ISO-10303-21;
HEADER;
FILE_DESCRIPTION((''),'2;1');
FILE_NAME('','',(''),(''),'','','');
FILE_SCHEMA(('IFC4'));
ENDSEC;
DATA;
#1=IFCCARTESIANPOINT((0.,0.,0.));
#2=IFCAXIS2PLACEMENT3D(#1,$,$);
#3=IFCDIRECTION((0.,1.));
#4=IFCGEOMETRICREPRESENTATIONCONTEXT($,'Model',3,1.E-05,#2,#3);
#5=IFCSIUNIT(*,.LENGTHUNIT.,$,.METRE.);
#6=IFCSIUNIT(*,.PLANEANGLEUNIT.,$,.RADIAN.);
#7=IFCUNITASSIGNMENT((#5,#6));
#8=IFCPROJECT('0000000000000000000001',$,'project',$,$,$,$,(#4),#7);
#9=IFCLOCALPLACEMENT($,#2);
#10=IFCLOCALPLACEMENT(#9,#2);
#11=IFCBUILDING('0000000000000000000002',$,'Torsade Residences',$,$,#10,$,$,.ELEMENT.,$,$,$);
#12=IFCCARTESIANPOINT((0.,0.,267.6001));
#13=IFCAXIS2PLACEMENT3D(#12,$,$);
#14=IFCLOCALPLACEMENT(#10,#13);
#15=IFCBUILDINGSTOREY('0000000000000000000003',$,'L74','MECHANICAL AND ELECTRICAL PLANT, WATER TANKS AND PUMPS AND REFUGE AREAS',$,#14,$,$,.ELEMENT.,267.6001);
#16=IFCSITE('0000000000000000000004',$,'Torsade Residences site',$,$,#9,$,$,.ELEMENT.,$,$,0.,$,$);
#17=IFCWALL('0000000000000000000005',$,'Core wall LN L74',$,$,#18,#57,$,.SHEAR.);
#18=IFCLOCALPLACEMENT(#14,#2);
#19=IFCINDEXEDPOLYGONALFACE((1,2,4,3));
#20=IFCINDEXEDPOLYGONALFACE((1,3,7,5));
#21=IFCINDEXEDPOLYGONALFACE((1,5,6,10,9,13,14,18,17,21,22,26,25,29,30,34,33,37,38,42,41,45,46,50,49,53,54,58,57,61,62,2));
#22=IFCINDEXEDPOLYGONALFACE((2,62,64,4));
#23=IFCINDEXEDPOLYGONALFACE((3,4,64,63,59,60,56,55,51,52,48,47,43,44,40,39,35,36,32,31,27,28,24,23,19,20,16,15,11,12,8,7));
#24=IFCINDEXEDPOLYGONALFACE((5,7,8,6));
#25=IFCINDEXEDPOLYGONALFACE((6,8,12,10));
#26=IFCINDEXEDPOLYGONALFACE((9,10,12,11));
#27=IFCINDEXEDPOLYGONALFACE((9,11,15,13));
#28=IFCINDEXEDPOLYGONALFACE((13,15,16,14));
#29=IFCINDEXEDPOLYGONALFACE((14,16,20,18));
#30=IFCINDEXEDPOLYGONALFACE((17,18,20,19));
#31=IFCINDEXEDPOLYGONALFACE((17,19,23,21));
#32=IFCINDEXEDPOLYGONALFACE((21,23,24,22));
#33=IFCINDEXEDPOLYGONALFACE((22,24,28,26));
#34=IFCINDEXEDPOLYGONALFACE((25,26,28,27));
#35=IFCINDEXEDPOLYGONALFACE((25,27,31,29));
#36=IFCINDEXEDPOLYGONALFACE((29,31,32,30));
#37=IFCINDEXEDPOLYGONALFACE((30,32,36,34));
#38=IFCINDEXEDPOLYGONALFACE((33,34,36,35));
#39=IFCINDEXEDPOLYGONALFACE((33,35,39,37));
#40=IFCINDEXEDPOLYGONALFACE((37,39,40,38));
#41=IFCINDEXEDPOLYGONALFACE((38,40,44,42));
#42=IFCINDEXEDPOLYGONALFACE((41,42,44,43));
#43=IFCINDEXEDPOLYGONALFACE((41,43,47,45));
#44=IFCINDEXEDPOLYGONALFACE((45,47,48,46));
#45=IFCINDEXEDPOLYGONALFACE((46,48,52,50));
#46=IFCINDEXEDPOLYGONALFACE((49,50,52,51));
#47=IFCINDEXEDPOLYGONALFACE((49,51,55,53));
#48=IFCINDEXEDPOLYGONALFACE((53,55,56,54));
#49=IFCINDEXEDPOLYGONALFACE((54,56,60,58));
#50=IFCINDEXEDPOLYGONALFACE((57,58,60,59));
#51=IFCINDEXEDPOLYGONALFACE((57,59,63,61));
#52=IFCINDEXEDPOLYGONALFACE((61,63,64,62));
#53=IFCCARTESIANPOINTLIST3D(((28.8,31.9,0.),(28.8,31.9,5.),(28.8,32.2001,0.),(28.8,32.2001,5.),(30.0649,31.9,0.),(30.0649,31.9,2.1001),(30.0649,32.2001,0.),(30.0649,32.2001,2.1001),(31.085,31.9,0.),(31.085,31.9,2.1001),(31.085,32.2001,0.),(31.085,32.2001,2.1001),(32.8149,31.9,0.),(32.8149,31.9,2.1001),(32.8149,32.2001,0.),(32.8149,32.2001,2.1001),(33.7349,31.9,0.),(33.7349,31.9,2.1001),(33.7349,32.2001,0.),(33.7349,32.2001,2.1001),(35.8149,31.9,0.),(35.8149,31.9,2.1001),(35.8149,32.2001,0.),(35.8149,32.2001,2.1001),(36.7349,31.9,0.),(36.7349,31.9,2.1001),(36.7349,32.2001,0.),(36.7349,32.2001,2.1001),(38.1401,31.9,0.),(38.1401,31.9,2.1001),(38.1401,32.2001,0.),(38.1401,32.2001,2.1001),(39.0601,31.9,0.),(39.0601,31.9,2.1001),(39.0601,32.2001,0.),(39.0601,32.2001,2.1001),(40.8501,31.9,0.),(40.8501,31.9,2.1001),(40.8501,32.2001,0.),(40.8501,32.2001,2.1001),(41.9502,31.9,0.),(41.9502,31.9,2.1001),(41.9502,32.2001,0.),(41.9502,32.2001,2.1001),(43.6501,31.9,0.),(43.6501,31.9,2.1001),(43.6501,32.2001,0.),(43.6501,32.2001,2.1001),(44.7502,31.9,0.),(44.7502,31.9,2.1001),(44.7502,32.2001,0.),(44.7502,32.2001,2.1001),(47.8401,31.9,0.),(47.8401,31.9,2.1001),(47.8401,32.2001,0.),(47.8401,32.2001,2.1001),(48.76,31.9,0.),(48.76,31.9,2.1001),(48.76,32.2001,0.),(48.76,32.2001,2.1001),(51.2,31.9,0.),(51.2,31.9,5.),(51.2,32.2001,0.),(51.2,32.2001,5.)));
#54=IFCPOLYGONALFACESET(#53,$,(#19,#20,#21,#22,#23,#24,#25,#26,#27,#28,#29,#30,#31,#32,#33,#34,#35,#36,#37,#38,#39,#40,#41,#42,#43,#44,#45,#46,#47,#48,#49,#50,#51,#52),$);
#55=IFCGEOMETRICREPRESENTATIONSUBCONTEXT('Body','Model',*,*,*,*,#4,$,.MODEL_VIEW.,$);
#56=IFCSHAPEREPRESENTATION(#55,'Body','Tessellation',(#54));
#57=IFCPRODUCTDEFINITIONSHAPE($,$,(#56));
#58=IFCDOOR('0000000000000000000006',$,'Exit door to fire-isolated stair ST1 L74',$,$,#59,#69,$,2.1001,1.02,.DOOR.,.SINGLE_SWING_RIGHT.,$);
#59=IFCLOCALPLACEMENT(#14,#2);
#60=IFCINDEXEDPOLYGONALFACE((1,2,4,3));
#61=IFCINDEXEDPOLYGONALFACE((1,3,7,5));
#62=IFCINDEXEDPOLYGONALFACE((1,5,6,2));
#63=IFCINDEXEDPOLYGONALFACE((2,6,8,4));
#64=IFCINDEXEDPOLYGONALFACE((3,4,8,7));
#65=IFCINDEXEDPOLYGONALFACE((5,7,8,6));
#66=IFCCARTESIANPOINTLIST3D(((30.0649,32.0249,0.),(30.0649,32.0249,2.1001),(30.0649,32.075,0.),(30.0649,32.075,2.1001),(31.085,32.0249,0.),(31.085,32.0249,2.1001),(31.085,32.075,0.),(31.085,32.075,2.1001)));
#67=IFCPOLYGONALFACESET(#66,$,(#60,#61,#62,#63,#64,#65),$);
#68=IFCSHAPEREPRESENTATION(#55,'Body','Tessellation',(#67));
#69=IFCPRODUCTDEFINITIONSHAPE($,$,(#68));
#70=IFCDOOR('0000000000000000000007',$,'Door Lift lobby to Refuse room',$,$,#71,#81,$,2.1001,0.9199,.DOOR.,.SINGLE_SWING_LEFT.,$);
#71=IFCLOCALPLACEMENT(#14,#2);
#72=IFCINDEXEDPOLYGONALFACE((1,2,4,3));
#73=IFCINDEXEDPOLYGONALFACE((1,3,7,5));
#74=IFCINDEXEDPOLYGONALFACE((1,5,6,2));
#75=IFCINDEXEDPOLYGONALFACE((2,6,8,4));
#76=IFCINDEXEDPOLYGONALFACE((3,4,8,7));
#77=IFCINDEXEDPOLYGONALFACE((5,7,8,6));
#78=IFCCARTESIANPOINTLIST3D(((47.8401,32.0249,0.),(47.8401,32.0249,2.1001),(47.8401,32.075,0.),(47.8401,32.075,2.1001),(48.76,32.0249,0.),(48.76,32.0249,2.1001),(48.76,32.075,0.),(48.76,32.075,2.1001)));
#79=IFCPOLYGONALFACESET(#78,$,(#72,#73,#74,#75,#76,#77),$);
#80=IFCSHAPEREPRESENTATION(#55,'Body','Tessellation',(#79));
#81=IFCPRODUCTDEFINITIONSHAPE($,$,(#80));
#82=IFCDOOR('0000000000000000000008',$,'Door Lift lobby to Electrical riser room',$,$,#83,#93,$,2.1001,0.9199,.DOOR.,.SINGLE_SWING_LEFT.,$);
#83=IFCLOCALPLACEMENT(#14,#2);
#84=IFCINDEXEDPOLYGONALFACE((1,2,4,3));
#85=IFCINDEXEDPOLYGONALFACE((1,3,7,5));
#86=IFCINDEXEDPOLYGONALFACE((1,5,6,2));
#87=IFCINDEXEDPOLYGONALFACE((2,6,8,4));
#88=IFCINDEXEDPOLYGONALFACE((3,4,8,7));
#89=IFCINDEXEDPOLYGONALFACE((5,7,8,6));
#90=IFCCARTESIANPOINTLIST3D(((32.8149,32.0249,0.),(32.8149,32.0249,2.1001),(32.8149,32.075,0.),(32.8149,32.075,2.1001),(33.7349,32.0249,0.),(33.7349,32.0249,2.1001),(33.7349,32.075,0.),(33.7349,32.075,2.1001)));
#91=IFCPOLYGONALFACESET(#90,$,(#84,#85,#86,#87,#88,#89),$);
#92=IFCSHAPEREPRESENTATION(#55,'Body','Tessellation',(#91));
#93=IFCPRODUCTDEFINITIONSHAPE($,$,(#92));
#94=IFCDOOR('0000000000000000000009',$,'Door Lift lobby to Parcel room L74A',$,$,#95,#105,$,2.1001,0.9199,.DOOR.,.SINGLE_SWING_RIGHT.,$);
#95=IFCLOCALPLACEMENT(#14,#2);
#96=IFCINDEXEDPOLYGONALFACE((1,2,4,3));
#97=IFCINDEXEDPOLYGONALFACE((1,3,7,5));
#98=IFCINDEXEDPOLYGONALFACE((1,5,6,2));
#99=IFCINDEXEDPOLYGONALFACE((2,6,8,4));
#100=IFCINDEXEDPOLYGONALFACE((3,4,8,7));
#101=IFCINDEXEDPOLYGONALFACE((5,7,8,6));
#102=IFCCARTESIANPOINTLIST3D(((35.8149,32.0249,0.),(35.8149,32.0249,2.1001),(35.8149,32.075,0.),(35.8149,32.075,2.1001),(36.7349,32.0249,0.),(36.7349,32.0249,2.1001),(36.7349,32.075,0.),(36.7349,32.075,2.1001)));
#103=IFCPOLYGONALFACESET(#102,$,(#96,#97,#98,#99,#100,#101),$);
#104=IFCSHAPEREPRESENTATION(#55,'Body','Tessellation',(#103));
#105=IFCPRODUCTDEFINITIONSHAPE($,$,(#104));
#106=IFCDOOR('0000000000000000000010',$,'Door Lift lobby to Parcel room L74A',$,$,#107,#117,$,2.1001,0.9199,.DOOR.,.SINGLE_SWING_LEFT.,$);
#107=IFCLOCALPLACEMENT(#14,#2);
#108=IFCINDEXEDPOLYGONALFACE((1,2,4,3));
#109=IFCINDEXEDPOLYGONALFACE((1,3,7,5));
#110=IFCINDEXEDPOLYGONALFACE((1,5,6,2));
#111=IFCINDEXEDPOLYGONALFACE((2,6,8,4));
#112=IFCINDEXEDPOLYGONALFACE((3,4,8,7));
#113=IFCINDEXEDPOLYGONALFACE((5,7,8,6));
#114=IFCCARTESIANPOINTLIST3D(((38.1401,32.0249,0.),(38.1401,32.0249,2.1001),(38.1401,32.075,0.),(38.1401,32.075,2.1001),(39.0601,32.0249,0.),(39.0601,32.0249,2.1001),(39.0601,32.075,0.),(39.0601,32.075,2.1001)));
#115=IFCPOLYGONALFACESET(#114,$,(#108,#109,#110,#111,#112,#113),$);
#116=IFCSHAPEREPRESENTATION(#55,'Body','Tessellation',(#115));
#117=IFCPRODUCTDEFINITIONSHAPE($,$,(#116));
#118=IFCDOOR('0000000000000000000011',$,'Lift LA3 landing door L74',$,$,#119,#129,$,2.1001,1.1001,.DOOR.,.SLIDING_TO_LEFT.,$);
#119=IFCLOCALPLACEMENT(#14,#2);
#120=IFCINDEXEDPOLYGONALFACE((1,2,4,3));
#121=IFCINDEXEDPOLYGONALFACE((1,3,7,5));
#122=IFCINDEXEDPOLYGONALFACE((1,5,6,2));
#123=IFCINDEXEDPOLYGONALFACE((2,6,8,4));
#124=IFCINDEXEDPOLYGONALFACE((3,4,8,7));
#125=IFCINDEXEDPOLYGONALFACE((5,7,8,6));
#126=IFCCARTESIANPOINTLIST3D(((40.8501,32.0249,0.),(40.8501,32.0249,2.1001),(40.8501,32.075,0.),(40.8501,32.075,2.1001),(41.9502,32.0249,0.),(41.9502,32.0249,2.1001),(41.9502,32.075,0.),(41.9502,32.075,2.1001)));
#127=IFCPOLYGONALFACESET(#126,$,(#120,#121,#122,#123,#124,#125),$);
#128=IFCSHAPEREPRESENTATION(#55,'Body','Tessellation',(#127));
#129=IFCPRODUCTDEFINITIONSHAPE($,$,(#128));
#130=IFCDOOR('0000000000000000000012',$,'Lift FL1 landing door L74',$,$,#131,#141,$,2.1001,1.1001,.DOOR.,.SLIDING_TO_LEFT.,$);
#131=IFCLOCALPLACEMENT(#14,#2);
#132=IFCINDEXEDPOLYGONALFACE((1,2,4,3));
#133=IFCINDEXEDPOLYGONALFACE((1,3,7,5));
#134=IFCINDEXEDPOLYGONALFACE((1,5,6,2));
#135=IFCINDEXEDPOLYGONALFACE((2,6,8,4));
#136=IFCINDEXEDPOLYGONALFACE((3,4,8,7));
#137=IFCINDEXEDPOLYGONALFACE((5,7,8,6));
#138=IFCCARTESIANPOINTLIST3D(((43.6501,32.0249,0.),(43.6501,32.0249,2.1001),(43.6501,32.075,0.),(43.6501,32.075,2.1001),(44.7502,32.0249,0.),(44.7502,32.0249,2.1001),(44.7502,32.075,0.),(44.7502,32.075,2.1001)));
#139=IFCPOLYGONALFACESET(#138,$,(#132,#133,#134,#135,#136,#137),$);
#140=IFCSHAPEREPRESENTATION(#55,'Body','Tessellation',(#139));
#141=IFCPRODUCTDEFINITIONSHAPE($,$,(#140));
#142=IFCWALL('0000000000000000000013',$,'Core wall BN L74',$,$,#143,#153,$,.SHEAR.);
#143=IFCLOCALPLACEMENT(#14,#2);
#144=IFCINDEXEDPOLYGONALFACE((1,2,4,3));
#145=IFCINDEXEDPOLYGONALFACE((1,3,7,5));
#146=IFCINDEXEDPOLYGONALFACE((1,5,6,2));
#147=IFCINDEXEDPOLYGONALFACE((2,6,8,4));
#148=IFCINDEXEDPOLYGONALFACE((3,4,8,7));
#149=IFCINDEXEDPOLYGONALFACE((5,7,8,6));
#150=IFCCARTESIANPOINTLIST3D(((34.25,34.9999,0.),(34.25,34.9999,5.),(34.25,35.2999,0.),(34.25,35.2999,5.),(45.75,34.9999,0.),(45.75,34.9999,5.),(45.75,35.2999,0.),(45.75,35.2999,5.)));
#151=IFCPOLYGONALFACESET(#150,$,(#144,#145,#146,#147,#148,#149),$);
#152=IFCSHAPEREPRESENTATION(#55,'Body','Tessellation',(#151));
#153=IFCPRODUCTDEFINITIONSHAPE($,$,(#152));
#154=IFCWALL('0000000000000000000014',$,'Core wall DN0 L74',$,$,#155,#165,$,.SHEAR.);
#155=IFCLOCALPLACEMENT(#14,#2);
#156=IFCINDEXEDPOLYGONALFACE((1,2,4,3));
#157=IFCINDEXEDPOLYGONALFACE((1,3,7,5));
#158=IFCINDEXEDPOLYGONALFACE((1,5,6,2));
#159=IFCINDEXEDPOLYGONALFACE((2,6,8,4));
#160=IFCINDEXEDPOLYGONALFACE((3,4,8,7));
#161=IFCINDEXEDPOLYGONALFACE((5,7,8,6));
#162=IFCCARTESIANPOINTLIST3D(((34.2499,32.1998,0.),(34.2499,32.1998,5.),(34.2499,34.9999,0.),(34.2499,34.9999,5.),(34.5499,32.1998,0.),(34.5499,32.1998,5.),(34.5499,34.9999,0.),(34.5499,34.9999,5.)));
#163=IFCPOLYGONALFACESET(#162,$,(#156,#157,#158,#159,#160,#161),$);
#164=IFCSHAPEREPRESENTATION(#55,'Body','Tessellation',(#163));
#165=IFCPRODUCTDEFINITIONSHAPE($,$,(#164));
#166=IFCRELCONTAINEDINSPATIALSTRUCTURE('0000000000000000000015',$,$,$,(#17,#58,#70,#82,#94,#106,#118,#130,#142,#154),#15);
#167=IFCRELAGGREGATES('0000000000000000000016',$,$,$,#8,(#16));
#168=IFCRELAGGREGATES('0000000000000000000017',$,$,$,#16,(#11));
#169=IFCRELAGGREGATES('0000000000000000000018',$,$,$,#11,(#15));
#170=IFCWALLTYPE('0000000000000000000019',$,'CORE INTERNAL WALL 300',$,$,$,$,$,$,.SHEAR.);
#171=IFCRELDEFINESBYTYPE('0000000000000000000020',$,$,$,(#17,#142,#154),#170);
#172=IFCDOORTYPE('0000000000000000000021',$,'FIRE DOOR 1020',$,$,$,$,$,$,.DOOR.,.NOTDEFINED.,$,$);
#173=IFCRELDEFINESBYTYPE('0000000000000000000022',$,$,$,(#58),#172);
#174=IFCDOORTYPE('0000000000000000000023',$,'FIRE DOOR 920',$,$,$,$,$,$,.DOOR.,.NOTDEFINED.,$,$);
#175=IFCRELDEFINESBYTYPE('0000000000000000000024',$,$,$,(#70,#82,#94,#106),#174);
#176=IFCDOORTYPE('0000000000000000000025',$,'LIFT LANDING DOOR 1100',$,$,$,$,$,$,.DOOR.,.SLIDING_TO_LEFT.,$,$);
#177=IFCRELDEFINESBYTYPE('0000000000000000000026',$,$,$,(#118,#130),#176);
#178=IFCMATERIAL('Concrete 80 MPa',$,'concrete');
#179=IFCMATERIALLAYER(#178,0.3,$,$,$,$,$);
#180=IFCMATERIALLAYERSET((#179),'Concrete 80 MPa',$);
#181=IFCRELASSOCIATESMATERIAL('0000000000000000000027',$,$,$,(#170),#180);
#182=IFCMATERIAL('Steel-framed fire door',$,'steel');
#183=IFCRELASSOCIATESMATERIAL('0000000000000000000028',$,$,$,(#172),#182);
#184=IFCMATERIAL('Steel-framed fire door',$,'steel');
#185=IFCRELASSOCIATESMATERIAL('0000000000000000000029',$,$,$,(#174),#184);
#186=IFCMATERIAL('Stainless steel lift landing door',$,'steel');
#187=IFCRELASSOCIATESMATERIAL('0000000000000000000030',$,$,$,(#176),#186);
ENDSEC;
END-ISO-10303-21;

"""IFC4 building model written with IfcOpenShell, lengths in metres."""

from ifc_helpers import new_model, si_unit, direction, frame, frame_2d, origin, place, context, subcontext, project, spatial, rectangle, extrude, material, layer, layer_set, type_object, element, fill, save


model = new_model("IFC4")

# Units and contexts
model_context = context("Model", 3, precision=1e-05, world=origin(), true_north=direction((0.0, 1.0)))
body_context = subcontext(model_context, "Body", "Model", "MODEL_VIEW")
ifc_project = project(units=[si_unit("LENGTHUNIT", "METRE"), si_unit("PLANEANGLEUNIT", "RADIAN")], contexts=[model_context])

# Site, building, storey
site_placement = place(None, origin())
site = spatial("IfcSite", under=ifc_project, at=site_placement, Name="Torsade Residences site", CompositionType="ELEMENT", RefElevation=0.0)
building_placement = place(site_placement, origin())
building = spatial("IfcBuilding", under=site, at=building_placement, Name="Torsade Residences", CompositionType="ELEMENT")
storey_placement = place(building_placement, frame((0.0, 0.0, 267.6001)))
storey = spatial("IfcBuildingStorey", under=building, at=storey_placement, Name="L74", Description="MECHANICAL AND ELECTRICAL PLANT, WATER TANKS AND PUMPS AND REFUGE AREAS", CompositionType="ELEMENT", Elevation=267.6001)

# Wall, openings, doors
ifc_material_1 = material(Name="Concrete 80 MPa", Category="concrete")
ifc_layer_1 = layer(ifc_material_1, 0.3)
ifc_layer_set_1 = layer_set([ifc_layer_1], Name="Concrete 80 MPa")
wall_type_1 = type_object("IfcWallType", Name="CORE INTERNAL WALL 300", PredefinedType="SHEAR", material=ifc_layer_set_1)
wall_1_placement = place(storey_placement, frame((28.8, 32.05, 0.0), z_axis=(0.0, 0.0, 1.0), x_axis=(1.0, 0.0, 0.0)))
wall_1 = element("IfcWall", 1, at=wall_1_placement, inside=storey, type_object=wall_type_1, Name="Core wall LN L74", PredefinedType="SHEAR", context=body_context, shape_type="SweptSolid", body=[
    extrude(rectangle(XDim=22.3999, YDim=0.3, at=frame_2d((11.2, 0.0))), origin(), (0.0, 0.0, 1.0), 5.0),
])
opening_1_placement = place(wall_1_placement, frame((19.04, 0.0, 0.0)))
opening_1 = element("IfcOpeningElement", 2, at=opening_1_placement, cuts=wall_1, PredefinedType="OPENING", context=body_context, shape_type="SweptSolid", body=[
    extrude(rectangle(XDim=0.9199, YDim=2.1001, at=frame_2d((0.46, 1.05))), frame((0.0, 0.1599, 0.0), z_axis=(0.0, -1.0, 0.0), x_axis=(1.0, 0.0, 0.0)), (0.0, 0.0, 1.0), 0.3201),
])
opening_2_placement = place(wall_1_placement, frame((1.2649, 0.0, 0.0)))
opening_2 = element("IfcOpeningElement", 3, at=opening_2_placement, cuts=wall_1, PredefinedType="OPENING", context=body_context, shape_type="SweptSolid", body=[
    extrude(rectangle(XDim=1.02, YDim=2.1001, at=frame_2d((0.51, 1.05))), frame((0.0, 0.1599, 0.0), z_axis=(0.0, -1.0, 0.0), x_axis=(1.0, 0.0, 0.0)), (0.0, 0.0, 1.0), 0.3201),
])
opening_3_placement = place(wall_1_placement, frame((4.0149, 0.0, 0.0)))
opening_3 = element("IfcOpeningElement", 4, at=opening_3_placement, cuts=wall_1, PredefinedType="OPENING", context=body_context, shape_type="SweptSolid", body=[
    extrude(rectangle(XDim=0.9199, YDim=2.1001, at=frame_2d((0.46, 1.05))), frame((0.0, 0.1599, 0.0), z_axis=(0.0, -1.0, 0.0), x_axis=(1.0, 0.0, 0.0)), (0.0, 0.0, 1.0), 0.3201),
])
opening_4_placement = place(wall_1_placement, frame((7.0149, 0.0, 0.0)))
opening_4 = element("IfcOpeningElement", 5, at=opening_4_placement, cuts=wall_1, PredefinedType="OPENING", context=body_context, shape_type="SweptSolid", body=[
    extrude(rectangle(XDim=0.9199, YDim=2.1001, at=frame_2d((0.46, 1.05))), frame((0.0, 0.1599, 0.0), z_axis=(0.0, -1.0, 0.0), x_axis=(1.0, 0.0, 0.0)), (0.0, 0.0, 1.0), 0.3201),
])
opening_5_placement = place(wall_1_placement, frame((9.3401, 0.0, 0.0)))
opening_5 = element("IfcOpeningElement", 6, at=opening_5_placement, cuts=wall_1, PredefinedType="OPENING", context=body_context, shape_type="SweptSolid", body=[
    extrude(rectangle(XDim=0.9199, YDim=2.1001, at=frame_2d((0.46, 1.05))), frame((0.0, 0.1599, 0.0), z_axis=(0.0, -1.0, 0.0), x_axis=(1.0, 0.0, 0.0)), (0.0, 0.0, 1.0), 0.3201),
])
opening_6_placement = place(wall_1_placement, frame((12.05, 0.0, 0.0)))
opening_6 = element("IfcOpeningElement", 7, at=opening_6_placement, cuts=wall_1, PredefinedType="OPENING", context=body_context, shape_type="SweptSolid", body=[
    extrude(rectangle(XDim=1.1001, YDim=2.1001, at=frame_2d((0.55, 1.05))), frame((0.0, 0.1599, 0.0), z_axis=(0.0, -1.0, 0.0), x_axis=(1.0, 0.0, 0.0)), (0.0, 0.0, 1.0), 0.3201),
])
opening_7_placement = place(wall_1_placement, frame((14.8501, 0.0, 0.0)))
opening_7 = element("IfcOpeningElement", 8, at=opening_7_placement, cuts=wall_1, PredefinedType="OPENING", context=body_context, shape_type="SweptSolid", body=[
    extrude(rectangle(XDim=1.1001, YDim=2.1001, at=frame_2d((0.55, 1.05))), frame((0.0, 0.1599, 0.0), z_axis=(0.0, -1.0, 0.0), x_axis=(1.0, 0.0, 0.0)), (0.0, 0.0, 1.0), 0.3201),
])
ifc_material_2 = material(Name="Steel-framed fire door", Category="steel")
door_type_1 = type_object("IfcDoorType", Name="FIRE DOOR 1020", OperationType="NOTDEFINED", PredefinedType="DOOR", material=ifc_material_2)
door_1_placement = place(opening_2_placement, origin())
door_1 = element("IfcDoor", 9, at=door_1_placement, inside=storey, type_object=door_type_1, Name="Exit door to fire-isolated stair ST1 L74", OperationType="SINGLE_SWING_RIGHT", OverallHeight=2.1001, OverallWidth=1.02, PredefinedType="DOOR", context=body_context, shape_type="SweptSolid", body=[
    extrude(rectangle(XDim=1.02, YDim=2.1001, at=frame_2d((0.51, 1.05))), frame((0.0, 0.0249, 0.0), z_axis=(0.0, -1.0, 0.0), x_axis=(1.0, 0.0, 0.0)), (0.0, 0.0, 1.0), 0.05),
])
fill(opening_2, door_1)
ifc_material_3 = material(Name="Steel-framed fire door", Category="steel")
door_type_2 = type_object("IfcDoorType", Name="FIRE DOOR 920", OperationType="NOTDEFINED", PredefinedType="DOOR", material=ifc_material_3)
door_2_placement = place(opening_1_placement, origin())
door_2 = element("IfcDoor", 10, at=door_2_placement, inside=storey, type_object=door_type_2, Name="Door Lift lobby to Refuse room", OperationType="SINGLE_SWING_LEFT", OverallHeight=2.1001, OverallWidth=0.9199, PredefinedType="DOOR", context=body_context, shape_type="SweptSolid", body=[
    extrude(rectangle(XDim=0.9199, YDim=2.1001, at=frame_2d((0.46, 1.05))), frame((0.0, 0.0249, 0.0), z_axis=(0.0, -1.0, 0.0), x_axis=(1.0, 0.0, 0.0)), (0.0, 0.0, 1.0), 0.05),
])
fill(opening_1, door_2)
door_3_placement = place(opening_3_placement, origin())
door_3 = element("IfcDoor", 11, at=door_3_placement, inside=storey, type_object=door_type_2, Name="Door Lift lobby to Electrical riser room", OperationType="SINGLE_SWING_LEFT", OverallHeight=2.1001, OverallWidth=0.9199, PredefinedType="DOOR", context=body_context, shape_type="SweptSolid", body=[
    extrude(rectangle(XDim=0.9199, YDim=2.1001, at=frame_2d((0.46, 1.05))), frame((0.0, 0.0249, 0.0), z_axis=(0.0, -1.0, 0.0), x_axis=(1.0, 0.0, 0.0)), (0.0, 0.0, 1.0), 0.05),
])
fill(opening_3, door_3)
door_4_placement = place(opening_4_placement, origin())
door_4 = element("IfcDoor", 12, at=door_4_placement, inside=storey, type_object=door_type_2, Name="Door Lift lobby to Parcel room L74A", OperationType="SINGLE_SWING_RIGHT", OverallHeight=2.1001, OverallWidth=0.9199, PredefinedType="DOOR", context=body_context, shape_type="SweptSolid", body=[
    extrude(rectangle(XDim=0.9199, YDim=2.1001, at=frame_2d((0.46, 1.05))), frame((0.0, 0.0249, 0.0), z_axis=(0.0, -1.0, 0.0), x_axis=(1.0, 0.0, 0.0)), (0.0, 0.0, 1.0), 0.05),
])
fill(opening_4, door_4)
door_5_placement = place(opening_5_placement, origin())
door_5 = element("IfcDoor", 13, at=door_5_placement, inside=storey, type_object=door_type_2, Name="Door Lift lobby to Parcel room L74A", OperationType="SINGLE_SWING_LEFT", OverallHeight=2.1001, OverallWidth=0.9199, PredefinedType="DOOR", context=body_context, shape_type="SweptSolid", body=[
    extrude(rectangle(XDim=0.9199, YDim=2.1001, at=frame_2d((0.46, 1.05))), frame((0.0, 0.0249, 0.0), z_axis=(0.0, -1.0, 0.0), x_axis=(1.0, 0.0, 0.0)), (0.0, 0.0, 1.0), 0.05),
])
fill(opening_5, door_5)
ifc_material_4 = material(Name="Stainless steel lift landing door", Category="steel")
door_type_3 = type_object("IfcDoorType", Name="LIFT LANDING DOOR 1100", OperationType="SLIDING_TO_LEFT", PredefinedType="DOOR", material=ifc_material_4)
door_6_placement = place(opening_6_placement, origin())
door_6 = element("IfcDoor", 14, at=door_6_placement, inside=storey, type_object=door_type_3, Name="Lift LA3 landing door L74", OperationType="SLIDING_TO_LEFT", OverallHeight=2.1001, OverallWidth=1.1001, PredefinedType="DOOR", context=body_context, shape_type="SweptSolid", body=[
    extrude(rectangle(XDim=1.1001, YDim=2.1001, at=frame_2d((0.55, 1.05))), frame((0.0, 0.0249, 0.0), z_axis=(0.0, -1.0, 0.0), x_axis=(1.0, 0.0, 0.0)), (0.0, 0.0, 1.0), 0.05),
])
fill(opening_6, door_6)
door_7_placement = place(opening_7_placement, origin())
door_7 = element("IfcDoor", 15, at=door_7_placement, inside=storey, type_object=door_type_3, Name="Lift FL1 landing door L74", OperationType="SLIDING_TO_LEFT", OverallHeight=2.1001, OverallWidth=1.1001, PredefinedType="DOOR", context=body_context, shape_type="SweptSolid", body=[
    extrude(rectangle(XDim=1.1001, YDim=2.1001, at=frame_2d((0.55, 1.05))), frame((0.0, 0.0249, 0.0), z_axis=(0.0, -1.0, 0.0), x_axis=(1.0, 0.0, 0.0)), (0.0, 0.0, 1.0), 0.05),
])
fill(opening_7, door_7)

# Walls
wall_2_placement = place(storey_placement, frame((34.25, 35.1499, 0.0), z_axis=(0.0, 0.0, 1.0), x_axis=(1.0, 0.0, 0.0)))
element("IfcWall", 16, at=wall_2_placement, inside=storey, type_object=wall_type_1, Name="Core wall BN L74", PredefinedType="SHEAR", context=body_context, shape_type="SweptSolid", body=[
    extrude(rectangle(XDim=11.5, YDim=0.3, at=frame_2d((5.75, 0.0))), origin(), (0.0, 0.0, 1.0), 5.0),
])
wall_3_placement = place(storey_placement, frame((34.3999, 32.2, 0.0), z_axis=(0.0, 0.0, 1.0), x_axis=(0.0, 1.0, 0.0)))
element("IfcWall", 17, at=wall_3_placement, inside=storey, type_object=wall_type_1, Name="Core wall DN0 L74", PredefinedType="SHEAR", context=body_context, shape_type="SweptSolid", body=[
    extrude(rectangle(XDim=2.8, YDim=0.3, at=frame_2d((1.3999, 0.0))), origin(), (0.0, 0.0, 1.0), 5.0),
])

save(model, "model.ifc")
